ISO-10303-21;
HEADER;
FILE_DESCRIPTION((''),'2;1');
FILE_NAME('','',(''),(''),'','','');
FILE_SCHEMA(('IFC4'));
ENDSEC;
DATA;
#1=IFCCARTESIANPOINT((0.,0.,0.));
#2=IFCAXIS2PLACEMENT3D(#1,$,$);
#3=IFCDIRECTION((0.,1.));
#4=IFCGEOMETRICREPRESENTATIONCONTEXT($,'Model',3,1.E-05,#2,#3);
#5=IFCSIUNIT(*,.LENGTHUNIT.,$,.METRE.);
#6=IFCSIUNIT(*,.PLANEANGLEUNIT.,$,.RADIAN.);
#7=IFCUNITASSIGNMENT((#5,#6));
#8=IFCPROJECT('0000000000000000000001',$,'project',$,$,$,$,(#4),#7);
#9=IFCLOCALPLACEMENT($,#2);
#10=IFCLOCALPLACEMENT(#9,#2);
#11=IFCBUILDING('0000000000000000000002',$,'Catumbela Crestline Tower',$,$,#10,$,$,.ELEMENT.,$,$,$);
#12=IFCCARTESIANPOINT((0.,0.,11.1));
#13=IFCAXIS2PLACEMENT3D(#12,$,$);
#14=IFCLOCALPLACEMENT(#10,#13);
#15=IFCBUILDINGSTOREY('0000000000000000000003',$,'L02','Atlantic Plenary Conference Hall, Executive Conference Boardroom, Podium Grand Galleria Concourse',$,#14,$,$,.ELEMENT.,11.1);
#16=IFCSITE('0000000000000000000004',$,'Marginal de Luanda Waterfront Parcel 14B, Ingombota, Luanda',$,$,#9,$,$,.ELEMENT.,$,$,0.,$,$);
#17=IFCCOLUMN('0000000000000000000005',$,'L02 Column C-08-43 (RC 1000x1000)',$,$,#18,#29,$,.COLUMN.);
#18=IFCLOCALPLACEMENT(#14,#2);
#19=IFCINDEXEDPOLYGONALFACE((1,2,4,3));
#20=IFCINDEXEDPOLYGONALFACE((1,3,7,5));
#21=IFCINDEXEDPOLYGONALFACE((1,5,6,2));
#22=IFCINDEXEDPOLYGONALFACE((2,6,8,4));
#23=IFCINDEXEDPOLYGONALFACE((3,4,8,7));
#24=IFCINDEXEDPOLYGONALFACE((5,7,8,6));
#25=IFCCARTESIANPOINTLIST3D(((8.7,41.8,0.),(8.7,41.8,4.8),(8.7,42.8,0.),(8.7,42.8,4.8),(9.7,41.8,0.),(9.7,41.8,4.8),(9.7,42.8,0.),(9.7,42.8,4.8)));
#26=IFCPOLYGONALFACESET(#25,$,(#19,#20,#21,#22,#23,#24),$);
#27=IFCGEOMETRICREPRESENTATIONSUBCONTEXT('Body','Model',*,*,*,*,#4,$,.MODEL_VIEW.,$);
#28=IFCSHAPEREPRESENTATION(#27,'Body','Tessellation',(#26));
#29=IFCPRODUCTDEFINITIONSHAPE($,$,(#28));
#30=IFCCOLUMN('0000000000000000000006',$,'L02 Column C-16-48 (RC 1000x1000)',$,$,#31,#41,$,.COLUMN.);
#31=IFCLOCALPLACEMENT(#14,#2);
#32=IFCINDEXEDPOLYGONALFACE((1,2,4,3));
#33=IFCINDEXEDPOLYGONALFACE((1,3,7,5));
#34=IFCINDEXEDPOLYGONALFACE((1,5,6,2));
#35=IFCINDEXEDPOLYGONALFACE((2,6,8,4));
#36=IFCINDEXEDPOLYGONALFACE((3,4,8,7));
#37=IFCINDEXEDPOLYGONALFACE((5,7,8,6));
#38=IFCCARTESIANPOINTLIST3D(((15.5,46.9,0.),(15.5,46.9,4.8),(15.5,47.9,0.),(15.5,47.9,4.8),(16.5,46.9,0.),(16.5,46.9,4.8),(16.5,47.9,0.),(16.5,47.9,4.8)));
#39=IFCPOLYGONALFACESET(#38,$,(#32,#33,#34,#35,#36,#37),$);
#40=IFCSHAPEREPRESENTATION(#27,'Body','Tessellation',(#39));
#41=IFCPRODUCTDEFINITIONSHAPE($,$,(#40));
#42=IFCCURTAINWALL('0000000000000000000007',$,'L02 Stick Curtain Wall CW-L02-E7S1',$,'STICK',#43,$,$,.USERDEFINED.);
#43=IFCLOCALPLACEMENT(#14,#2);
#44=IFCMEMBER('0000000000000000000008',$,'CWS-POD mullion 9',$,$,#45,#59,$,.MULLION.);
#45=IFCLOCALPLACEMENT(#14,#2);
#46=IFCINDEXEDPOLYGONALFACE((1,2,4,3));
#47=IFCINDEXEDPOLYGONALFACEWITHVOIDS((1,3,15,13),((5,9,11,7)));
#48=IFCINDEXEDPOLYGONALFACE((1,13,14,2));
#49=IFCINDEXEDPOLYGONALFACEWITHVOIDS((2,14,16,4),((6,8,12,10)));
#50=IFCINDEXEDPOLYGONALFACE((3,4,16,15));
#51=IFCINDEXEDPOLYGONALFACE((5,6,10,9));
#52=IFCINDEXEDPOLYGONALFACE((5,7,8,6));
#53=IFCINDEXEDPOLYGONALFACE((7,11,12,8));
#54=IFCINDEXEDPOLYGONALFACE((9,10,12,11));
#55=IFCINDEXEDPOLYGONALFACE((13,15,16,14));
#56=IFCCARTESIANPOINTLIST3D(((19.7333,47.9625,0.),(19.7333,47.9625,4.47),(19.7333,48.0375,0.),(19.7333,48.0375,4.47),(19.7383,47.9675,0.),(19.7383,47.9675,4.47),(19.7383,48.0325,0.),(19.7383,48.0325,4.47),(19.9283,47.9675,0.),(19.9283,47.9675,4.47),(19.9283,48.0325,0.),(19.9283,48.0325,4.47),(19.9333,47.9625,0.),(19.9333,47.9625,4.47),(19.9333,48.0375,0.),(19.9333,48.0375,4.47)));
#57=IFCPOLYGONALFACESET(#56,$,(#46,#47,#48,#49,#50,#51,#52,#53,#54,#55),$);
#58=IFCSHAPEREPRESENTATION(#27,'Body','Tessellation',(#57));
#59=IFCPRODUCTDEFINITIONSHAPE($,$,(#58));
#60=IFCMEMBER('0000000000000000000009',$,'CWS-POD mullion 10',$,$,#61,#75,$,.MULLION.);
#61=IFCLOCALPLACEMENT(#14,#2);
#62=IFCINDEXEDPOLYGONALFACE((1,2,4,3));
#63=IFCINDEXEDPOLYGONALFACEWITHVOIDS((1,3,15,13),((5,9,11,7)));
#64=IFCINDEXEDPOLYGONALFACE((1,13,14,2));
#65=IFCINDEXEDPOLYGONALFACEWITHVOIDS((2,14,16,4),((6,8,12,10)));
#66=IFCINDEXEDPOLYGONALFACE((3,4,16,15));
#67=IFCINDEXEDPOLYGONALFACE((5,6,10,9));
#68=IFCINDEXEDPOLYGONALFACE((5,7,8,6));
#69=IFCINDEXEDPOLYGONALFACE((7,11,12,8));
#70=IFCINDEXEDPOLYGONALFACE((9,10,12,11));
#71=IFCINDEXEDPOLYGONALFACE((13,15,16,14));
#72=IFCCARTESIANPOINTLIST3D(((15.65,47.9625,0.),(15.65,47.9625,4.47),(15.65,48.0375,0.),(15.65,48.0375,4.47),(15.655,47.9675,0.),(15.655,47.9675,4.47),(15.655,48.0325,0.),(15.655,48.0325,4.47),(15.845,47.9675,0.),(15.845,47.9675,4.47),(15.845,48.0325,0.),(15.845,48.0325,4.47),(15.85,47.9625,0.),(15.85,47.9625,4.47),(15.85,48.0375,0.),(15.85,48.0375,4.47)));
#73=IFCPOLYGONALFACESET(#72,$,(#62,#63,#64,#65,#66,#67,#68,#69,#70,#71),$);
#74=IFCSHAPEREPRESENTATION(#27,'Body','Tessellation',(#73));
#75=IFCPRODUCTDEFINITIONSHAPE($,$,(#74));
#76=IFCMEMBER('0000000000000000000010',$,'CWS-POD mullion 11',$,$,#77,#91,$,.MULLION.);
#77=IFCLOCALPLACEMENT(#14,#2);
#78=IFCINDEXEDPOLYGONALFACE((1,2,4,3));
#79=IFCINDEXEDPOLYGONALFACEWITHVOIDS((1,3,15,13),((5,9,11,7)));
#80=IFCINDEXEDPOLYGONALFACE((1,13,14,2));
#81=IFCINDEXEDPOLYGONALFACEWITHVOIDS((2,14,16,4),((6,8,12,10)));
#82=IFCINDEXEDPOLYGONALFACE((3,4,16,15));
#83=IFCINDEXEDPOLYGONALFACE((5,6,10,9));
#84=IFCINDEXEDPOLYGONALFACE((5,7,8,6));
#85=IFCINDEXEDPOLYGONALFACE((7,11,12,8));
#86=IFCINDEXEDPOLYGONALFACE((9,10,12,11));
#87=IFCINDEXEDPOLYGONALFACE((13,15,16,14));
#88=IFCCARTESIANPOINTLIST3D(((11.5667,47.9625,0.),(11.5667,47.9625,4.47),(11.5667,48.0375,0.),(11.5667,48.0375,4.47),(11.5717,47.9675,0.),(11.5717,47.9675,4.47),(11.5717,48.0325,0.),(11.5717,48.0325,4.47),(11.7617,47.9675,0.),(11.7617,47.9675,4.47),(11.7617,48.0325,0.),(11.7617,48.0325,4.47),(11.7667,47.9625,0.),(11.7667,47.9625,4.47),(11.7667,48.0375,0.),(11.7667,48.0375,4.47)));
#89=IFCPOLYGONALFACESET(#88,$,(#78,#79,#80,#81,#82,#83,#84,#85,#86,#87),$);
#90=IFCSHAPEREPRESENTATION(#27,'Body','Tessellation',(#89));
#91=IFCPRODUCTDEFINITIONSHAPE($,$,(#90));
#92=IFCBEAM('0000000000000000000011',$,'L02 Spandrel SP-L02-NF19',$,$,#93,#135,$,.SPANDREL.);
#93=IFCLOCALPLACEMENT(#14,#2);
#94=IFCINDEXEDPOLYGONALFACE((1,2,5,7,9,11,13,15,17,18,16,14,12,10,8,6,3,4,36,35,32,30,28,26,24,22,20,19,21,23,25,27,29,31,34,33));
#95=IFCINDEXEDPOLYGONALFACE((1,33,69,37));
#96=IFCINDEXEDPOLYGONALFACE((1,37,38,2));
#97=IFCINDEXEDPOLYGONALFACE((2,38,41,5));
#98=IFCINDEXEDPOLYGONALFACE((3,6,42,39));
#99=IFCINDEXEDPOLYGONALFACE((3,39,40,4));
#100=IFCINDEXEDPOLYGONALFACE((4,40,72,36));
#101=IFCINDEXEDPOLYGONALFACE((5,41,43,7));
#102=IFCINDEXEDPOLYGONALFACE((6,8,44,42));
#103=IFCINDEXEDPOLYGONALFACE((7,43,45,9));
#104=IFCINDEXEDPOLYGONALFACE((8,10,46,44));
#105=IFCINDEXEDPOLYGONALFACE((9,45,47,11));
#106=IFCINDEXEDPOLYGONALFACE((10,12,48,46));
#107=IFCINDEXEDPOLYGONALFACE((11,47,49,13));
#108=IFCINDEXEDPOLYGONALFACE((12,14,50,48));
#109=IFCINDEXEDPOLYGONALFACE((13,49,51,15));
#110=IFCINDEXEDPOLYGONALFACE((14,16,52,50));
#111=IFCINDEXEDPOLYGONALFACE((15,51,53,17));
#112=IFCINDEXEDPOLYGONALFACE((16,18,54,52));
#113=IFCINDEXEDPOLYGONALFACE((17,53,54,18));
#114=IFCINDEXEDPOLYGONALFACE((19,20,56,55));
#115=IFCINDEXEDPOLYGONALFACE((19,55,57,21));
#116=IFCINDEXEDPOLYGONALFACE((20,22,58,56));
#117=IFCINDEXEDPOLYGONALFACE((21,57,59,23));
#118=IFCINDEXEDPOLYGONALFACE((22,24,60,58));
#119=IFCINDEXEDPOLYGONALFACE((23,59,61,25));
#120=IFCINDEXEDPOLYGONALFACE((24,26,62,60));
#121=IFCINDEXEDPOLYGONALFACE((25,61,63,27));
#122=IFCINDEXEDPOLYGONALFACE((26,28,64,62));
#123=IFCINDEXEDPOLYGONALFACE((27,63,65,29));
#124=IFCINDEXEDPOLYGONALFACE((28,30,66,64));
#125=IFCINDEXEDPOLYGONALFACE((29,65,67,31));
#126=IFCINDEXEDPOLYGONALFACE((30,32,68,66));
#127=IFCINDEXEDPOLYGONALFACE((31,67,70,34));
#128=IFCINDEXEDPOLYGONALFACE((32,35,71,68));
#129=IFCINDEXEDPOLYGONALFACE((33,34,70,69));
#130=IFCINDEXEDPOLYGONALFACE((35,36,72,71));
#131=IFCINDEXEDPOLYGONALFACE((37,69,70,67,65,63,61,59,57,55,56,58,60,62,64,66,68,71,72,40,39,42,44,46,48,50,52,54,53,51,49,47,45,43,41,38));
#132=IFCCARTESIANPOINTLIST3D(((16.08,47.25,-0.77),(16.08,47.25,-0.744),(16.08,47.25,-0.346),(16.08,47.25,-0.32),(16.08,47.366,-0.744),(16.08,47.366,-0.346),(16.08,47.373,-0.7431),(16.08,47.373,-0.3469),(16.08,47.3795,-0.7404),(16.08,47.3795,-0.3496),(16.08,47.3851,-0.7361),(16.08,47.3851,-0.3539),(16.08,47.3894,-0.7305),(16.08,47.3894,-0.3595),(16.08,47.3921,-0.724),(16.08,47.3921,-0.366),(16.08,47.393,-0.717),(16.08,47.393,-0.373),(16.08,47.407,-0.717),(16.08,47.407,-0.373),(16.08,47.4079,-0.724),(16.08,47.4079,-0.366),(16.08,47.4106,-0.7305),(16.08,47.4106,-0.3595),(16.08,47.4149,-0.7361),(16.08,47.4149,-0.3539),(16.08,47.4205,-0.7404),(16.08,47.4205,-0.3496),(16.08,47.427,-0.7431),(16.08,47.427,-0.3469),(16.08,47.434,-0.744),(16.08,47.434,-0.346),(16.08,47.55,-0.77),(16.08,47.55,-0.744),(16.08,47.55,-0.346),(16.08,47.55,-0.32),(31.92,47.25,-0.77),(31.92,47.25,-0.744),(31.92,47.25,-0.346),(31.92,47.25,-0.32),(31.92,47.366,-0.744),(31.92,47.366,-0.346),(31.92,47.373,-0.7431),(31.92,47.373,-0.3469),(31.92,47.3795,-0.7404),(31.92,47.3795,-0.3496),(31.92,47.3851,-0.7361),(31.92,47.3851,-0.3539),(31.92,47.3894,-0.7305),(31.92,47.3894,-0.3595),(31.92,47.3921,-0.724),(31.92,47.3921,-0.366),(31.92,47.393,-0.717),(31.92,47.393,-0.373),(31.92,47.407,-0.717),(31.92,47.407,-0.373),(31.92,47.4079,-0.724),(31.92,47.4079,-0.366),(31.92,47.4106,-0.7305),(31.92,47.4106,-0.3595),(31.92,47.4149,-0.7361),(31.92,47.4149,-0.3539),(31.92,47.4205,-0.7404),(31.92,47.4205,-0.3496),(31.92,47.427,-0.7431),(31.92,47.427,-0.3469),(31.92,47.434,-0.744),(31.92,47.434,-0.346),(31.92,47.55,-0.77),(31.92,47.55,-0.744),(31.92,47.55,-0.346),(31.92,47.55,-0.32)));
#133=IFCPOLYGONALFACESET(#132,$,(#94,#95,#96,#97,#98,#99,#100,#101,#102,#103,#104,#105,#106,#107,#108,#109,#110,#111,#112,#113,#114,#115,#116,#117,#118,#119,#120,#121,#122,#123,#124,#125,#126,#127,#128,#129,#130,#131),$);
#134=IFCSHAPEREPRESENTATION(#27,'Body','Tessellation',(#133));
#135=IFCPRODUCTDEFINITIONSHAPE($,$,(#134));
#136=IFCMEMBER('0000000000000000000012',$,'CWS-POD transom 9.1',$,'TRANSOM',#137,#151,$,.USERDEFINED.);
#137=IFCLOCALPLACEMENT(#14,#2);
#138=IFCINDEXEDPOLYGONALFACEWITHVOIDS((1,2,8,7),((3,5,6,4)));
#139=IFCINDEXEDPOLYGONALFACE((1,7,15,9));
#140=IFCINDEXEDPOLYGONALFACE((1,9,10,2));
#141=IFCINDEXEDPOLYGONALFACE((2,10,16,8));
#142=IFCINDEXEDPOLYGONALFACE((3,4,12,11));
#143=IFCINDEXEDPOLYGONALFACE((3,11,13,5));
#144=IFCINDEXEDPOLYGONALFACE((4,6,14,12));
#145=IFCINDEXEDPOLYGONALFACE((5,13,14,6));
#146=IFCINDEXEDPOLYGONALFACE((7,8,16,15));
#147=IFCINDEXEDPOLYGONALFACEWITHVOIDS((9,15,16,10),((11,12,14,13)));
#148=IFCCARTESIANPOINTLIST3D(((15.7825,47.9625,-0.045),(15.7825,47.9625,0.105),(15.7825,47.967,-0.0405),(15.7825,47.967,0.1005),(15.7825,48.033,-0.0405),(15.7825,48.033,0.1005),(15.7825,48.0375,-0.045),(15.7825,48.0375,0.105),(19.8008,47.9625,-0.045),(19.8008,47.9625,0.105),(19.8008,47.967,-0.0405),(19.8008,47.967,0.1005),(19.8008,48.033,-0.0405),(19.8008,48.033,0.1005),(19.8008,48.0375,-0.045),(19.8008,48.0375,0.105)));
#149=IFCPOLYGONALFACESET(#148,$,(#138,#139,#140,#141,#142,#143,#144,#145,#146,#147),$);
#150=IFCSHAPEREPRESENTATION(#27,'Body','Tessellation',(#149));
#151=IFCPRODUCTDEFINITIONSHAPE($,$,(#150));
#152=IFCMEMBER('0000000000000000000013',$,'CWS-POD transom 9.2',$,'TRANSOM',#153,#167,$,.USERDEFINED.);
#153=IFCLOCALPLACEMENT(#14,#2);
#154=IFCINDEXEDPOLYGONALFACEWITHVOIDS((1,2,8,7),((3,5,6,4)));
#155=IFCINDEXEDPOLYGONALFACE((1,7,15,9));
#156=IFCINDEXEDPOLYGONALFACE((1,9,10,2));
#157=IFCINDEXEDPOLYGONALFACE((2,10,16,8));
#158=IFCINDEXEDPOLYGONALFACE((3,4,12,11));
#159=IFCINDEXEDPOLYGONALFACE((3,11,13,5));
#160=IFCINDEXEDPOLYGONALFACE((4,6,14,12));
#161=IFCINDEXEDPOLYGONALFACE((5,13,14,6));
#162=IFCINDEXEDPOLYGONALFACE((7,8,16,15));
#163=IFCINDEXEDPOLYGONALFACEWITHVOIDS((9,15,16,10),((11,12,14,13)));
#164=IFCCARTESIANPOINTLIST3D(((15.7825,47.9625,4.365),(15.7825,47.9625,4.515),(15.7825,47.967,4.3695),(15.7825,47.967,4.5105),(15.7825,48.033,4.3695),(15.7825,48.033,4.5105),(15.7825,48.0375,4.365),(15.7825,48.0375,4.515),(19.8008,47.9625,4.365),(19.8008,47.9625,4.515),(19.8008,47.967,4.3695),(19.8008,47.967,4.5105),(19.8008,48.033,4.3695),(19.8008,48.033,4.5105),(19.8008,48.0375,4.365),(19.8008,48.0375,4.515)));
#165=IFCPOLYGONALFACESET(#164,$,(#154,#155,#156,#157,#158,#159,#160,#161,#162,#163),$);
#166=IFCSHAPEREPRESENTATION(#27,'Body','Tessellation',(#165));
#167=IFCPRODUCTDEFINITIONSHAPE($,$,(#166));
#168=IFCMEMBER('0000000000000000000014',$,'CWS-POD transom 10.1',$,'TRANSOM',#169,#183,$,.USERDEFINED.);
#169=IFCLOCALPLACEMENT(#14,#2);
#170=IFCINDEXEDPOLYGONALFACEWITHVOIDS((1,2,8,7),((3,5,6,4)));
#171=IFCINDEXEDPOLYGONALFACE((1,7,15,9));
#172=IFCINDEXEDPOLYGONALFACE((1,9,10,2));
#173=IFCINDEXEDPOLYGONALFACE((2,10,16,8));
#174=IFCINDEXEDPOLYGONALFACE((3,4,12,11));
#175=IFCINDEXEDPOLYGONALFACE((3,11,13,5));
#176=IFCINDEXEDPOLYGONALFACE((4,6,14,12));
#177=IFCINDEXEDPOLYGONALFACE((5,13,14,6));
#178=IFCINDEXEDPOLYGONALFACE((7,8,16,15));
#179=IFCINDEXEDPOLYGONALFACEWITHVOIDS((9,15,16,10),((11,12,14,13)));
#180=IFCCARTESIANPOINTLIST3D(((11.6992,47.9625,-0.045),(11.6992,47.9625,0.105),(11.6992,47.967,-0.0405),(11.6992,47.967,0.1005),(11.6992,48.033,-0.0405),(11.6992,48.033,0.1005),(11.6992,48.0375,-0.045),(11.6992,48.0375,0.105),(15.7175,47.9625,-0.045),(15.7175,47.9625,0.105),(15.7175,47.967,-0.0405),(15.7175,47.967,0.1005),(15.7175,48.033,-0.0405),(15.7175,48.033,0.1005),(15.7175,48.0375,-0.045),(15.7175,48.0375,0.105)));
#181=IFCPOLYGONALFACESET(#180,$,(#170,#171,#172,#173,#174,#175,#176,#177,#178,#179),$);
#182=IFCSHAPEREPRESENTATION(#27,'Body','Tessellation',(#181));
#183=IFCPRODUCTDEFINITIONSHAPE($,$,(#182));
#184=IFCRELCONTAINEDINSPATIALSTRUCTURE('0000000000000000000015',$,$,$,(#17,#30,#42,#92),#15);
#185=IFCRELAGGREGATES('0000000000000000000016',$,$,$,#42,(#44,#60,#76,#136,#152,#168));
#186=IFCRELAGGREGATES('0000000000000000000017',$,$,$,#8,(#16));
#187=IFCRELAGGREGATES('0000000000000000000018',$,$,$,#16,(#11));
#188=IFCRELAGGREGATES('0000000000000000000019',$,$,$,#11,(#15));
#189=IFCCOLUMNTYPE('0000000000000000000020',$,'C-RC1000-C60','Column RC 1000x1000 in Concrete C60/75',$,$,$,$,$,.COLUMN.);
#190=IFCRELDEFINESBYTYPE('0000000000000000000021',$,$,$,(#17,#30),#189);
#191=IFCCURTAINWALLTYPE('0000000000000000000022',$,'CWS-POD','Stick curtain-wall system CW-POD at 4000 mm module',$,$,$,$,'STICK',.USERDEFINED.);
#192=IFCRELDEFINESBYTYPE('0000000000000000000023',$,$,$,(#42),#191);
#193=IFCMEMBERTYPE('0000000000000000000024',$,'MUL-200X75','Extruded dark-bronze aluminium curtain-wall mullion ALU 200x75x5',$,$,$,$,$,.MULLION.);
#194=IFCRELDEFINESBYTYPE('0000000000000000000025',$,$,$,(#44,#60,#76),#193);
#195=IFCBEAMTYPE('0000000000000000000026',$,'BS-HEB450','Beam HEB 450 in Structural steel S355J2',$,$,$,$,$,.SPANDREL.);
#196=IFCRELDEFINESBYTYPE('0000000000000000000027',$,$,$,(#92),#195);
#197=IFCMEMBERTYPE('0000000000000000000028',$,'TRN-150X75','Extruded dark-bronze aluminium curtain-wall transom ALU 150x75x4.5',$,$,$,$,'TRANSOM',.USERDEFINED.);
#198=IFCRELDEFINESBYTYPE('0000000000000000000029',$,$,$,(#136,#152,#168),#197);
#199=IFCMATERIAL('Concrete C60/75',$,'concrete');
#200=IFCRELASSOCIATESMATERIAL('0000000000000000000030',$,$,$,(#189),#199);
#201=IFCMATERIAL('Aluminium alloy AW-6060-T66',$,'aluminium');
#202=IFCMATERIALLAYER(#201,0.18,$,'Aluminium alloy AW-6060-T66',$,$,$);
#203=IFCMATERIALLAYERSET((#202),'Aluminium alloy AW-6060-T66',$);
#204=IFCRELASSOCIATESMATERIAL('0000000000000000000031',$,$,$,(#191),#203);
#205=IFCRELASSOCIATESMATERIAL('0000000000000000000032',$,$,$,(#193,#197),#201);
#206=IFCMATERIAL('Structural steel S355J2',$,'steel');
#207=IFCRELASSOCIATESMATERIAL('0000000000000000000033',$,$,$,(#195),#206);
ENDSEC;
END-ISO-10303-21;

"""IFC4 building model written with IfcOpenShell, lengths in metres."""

from ifc_helpers import new_model, si_unit, direction, frame, origin, origin_2d, place, context, subcontext, project, spatial, rectangle, hollow_rectangle, i_section, extrude, material, layer, layer_set, material_profile, profile_set, type_object, element, aggregate, save


model = new_model("IFC4")

# Units and contexts
model_context = context("Model", 3, precision=1e-05, world=origin(), true_north=direction((0.0, 1.0)))
body_context = subcontext(model_context, "Body", "Model", "MODEL_VIEW")
ifc_project = project(units=[si_unit("LENGTHUNIT", "METRE"), si_unit("PLANEANGLEUNIT", "RADIAN")], contexts=[model_context])

# Site, building, storey
site_placement = place(None, origin())
site = spatial("IfcSite", under=ifc_project, at=site_placement, Name="Marginal de Luanda Waterfront Parcel 14B, Ingombota, Luanda", CompositionType="ELEMENT", RefElevation=0.0)
building_placement = place(site_placement, origin())
building = spatial("IfcBuilding", under=site, at=building_placement, Name="Catumbela Crestline Tower", CompositionType="ELEMENT")
storey_placement = place(building_placement, frame((0.0, 0.0, 11.1)))
storey = spatial("IfcBuildingStorey", under=building, at=storey_placement, Name="L02", Description="Atlantic Plenary Conference Hall, Executive Conference Boardroom, Podium Grand Galleria Concourse", CompositionType="ELEMENT", Elevation=11.1)

# Columns
ifc_material_1 = material(Name="Concrete C60/75", Category="concrete")
ifc_material_profile_1 = material_profile(ifc_material_1, rectangle(XDim=1.0, YDim=1.0, at=origin_2d()), Name="RC 1000x1000")
ifc_profile_set_1 = profile_set([ifc_material_profile_1], Name="Concrete C60/75")
column_type = type_object("IfcColumnType", Name="C-RC1000-C60", Description="Column RC 1000x1000 in Concrete C60/75", PredefinedType="COLUMN", material=ifc_profile_set_1)
for number, where, z_axis, x_axis, name in (
    (1, (9.2, 42.3, 0.0), (0.0, 0.0, 1.0), (1.0, 0.0, 0.0), "L02 Column C-08-43 (RC 1000x1000)"),
    (2, (16.0, 47.4, 0.0), (0.0, 0.0, 1.0), (1.0, 0.0, 0.0), "L02 Column C-16-48 (RC 1000x1000)"),
):
    element("IfcColumn", number, at=place(storey_placement, frame(where, z_axis=z_axis, x_axis=x_axis)), inside=storey, type_object=column_type, Name=name, PredefinedType="COLUMN", context=body_context, shape_type="SweptSolid", body=[
        extrude(rectangle(XDim=1.0, YDim=1.0, at=origin_2d()), origin(), (0.0, 0.0, 1.0), 4.8),
    ])

# Curtain wall, members
ifc_material_2 = material(Name="Aluminium alloy AW-6060-T66", Category="aluminium")
ifc_layer_1 = layer(ifc_material_2, 0.18, Name="Aluminium alloy AW-6060-T66")
ifc_layer_set_1 = layer_set([ifc_layer_1], Name="Aluminium alloy AW-6060-T66")
curtain_wall_type = type_object("IfcCurtainWallType", Name="CWS-POD", Description="Stick curtain-wall system CW-POD at 4000 mm module", ElementType="STICK", PredefinedType="USERDEFINED", material=ifc_layer_set_1)
curtain_wall_placement = place(storey_placement, origin())
curtain_wall = element("IfcCurtainWall", 3, at=curtain_wall_placement, inside=storey, type_object=curtain_wall_type, Name="L02 Stick Curtain Wall CW-L02-E7S1", ObjectType="STICK", PredefinedType="USERDEFINED")
ifc_material_profile_2 = material_profile(ifc_material_2, hollow_rectangle(XDim=0.075, YDim=0.2, WallThickness=0.005, at=origin_2d()), Name="ALU 200x75x5")
ifc_profile_set_2 = profile_set([ifc_material_profile_2], Name="Aluminium alloy AW-6060-T66")
member_type_1 = type_object("IfcMemberType", Name="MUL-200X75", Description="Extruded dark-bronze aluminium curtain-wall mullion ALU 200x75x5", PredefinedType="MULLION", material=ifc_profile_set_2)
member_1_placement = place(storey_placement, frame((19.8333, 48.0, 0.0), z_axis=(0.0, 0.0, 1.0), x_axis=(0.0, -1.0, 0.0)))
member_1 = element("IfcMember", 4, at=member_1_placement, type_object=member_type_1, Name="CWS-POD mullion 9", PredefinedType="MULLION", context=body_context, shape_type="SweptSolid", body=[
    extrude(hollow_rectangle(XDim=0.075, YDim=0.2, WallThickness=0.005, at=origin_2d()), origin(), (0.0, 0.0, 1.0), 4.47),
])
member_2_placement = place(storey_placement, frame((15.75, 48.0, 0.0), z_axis=(0.0, 0.0, 1.0), x_axis=(0.0, -1.0, 0.0)))
member_2 = element("IfcMember", 5, at=member_2_placement, type_object=member_type_1, Name="CWS-POD mullion 10", PredefinedType="MULLION", context=body_context, shape_type="SweptSolid", body=[
    extrude(hollow_rectangle(XDim=0.075, YDim=0.2, WallThickness=0.005, at=origin_2d()), origin(), (0.0, 0.0, 1.0), 4.47),
])
member_3_placement = place(storey_placement, frame((11.6667, 48.0, 0.0), z_axis=(0.0, 0.0, 1.0), x_axis=(0.0, -1.0, 0.0)))
member_3 = element("IfcMember", 6, at=member_3_placement, type_object=member_type_1, Name="CWS-POD mullion 11", PredefinedType="MULLION", context=body_context, shape_type="SweptSolid", body=[
    extrude(hollow_rectangle(XDim=0.075, YDim=0.2, WallThickness=0.005, at=origin_2d()), origin(), (0.0, 0.0, 1.0), 4.47),
])

# Beam
ifc_material_3 = material(Name="Structural steel S355J2", Category="steel")
ifc_material_profile_3 = material_profile(ifc_material_3, i_section(OverallWidth=0.3, OverallDepth=0.45, WebThickness=0.014, FlangeThickness=0.026, FilletRadius=0.027, at=origin_2d()), Name="HEB 450")
ifc_profile_set_3 = profile_set([ifc_material_profile_3], Name="Structural steel S355J2")
beam_type = type_object("IfcBeamType", Name="BS-HEB450", Description="Beam HEB 450 in Structural steel S355J2", PredefinedType="SPANDREL", material=ifc_profile_set_3)
beam_placement = place(storey_placement, frame((16.08, 47.4, -0.545), z_axis=(1.0, 0.0, 0.0), x_axis=(0.0, 1.0, 0.0)))
element("IfcBeam", 7, at=beam_placement, inside=storey, type_object=beam_type, Name="L02 Spandrel SP-L02-NF19", PredefinedType="SPANDREL", context=body_context, shape_type="SweptSolid", body=[
    extrude(i_section(OverallWidth=0.3, OverallDepth=0.45, WebThickness=0.014, FlangeThickness=0.026, FilletRadius=0.027, at=origin_2d()), origin(), (0.0, 0.0, 1.0), 15.84),
])

# Members
ifc_material_profile_4 = material_profile(ifc_material_2, hollow_rectangle(XDim=0.075, YDim=0.15, WallThickness=0.0045, at=origin_2d()), Name="ALU 150x75x4.5")
ifc_profile_set_4 = profile_set([ifc_material_profile_4], Name="Aluminium alloy AW-6060-T66")
member_type_2 = type_object("IfcMemberType", Name="TRN-150X75", Description="Extruded dark-bronze aluminium curtain-wall transom ALU 150x75x4.5", ElementType="TRANSOM", PredefinedType="USERDEFINED", material=ifc_profile_set_4)
member_4_placement = place(storey_placement, frame((19.8008, 48.0, 0.03), z_axis=(-1.0, 0.0, 0.0), x_axis=(0.0, -1.0, 0.0)))
member_4 = element("IfcMember", 8, at=member_4_placement, type_object=member_type_2, Name="CWS-POD transom 9.1", ObjectType="TRANSOM", PredefinedType="USERDEFINED", context=body_context, shape_type="SweptSolid", body=[
    extrude(hollow_rectangle(XDim=0.075, YDim=0.15, WallThickness=0.0045, at=origin_2d()), origin(), (0.0, 0.0, 1.0), 4.0183),
])
member_5_placement = place(storey_placement, frame((19.8008, 48.0, 4.44), z_axis=(-1.0, 0.0, 0.0), x_axis=(0.0, -1.0, 0.0)))
member_5 = element("IfcMember", 9, at=member_5_placement, type_object=member_type_2, Name="CWS-POD transom 9.2", ObjectType="TRANSOM", PredefinedType="USERDEFINED", context=body_context, shape_type="SweptSolid", body=[
    extrude(hollow_rectangle(XDim=0.075, YDim=0.15, WallThickness=0.0045, at=origin_2d()), origin(), (0.0, 0.0, 1.0), 4.0183),
])
member_6_placement = place(storey_placement, frame((15.7175, 48.0, 0.03), z_axis=(-1.0, 0.0, 0.0), x_axis=(0.0, -1.0, 0.0)))
member_6 = element("IfcMember", 10, at=member_6_placement, type_object=member_type_2, Name="CWS-POD transom 10.1", ObjectType="TRANSOM", PredefinedType="USERDEFINED", context=body_context, shape_type="SweptSolid", body=[
    extrude(hollow_rectangle(XDim=0.075, YDim=0.15, WallThickness=0.0045, at=origin_2d()), origin(), (0.0, 0.0, 1.0), 4.0183),
])

aggregate(curtain_wall, [member_1, member_2, member_3, member_4, member_5, member_6])

save(model, "model.ifc")
